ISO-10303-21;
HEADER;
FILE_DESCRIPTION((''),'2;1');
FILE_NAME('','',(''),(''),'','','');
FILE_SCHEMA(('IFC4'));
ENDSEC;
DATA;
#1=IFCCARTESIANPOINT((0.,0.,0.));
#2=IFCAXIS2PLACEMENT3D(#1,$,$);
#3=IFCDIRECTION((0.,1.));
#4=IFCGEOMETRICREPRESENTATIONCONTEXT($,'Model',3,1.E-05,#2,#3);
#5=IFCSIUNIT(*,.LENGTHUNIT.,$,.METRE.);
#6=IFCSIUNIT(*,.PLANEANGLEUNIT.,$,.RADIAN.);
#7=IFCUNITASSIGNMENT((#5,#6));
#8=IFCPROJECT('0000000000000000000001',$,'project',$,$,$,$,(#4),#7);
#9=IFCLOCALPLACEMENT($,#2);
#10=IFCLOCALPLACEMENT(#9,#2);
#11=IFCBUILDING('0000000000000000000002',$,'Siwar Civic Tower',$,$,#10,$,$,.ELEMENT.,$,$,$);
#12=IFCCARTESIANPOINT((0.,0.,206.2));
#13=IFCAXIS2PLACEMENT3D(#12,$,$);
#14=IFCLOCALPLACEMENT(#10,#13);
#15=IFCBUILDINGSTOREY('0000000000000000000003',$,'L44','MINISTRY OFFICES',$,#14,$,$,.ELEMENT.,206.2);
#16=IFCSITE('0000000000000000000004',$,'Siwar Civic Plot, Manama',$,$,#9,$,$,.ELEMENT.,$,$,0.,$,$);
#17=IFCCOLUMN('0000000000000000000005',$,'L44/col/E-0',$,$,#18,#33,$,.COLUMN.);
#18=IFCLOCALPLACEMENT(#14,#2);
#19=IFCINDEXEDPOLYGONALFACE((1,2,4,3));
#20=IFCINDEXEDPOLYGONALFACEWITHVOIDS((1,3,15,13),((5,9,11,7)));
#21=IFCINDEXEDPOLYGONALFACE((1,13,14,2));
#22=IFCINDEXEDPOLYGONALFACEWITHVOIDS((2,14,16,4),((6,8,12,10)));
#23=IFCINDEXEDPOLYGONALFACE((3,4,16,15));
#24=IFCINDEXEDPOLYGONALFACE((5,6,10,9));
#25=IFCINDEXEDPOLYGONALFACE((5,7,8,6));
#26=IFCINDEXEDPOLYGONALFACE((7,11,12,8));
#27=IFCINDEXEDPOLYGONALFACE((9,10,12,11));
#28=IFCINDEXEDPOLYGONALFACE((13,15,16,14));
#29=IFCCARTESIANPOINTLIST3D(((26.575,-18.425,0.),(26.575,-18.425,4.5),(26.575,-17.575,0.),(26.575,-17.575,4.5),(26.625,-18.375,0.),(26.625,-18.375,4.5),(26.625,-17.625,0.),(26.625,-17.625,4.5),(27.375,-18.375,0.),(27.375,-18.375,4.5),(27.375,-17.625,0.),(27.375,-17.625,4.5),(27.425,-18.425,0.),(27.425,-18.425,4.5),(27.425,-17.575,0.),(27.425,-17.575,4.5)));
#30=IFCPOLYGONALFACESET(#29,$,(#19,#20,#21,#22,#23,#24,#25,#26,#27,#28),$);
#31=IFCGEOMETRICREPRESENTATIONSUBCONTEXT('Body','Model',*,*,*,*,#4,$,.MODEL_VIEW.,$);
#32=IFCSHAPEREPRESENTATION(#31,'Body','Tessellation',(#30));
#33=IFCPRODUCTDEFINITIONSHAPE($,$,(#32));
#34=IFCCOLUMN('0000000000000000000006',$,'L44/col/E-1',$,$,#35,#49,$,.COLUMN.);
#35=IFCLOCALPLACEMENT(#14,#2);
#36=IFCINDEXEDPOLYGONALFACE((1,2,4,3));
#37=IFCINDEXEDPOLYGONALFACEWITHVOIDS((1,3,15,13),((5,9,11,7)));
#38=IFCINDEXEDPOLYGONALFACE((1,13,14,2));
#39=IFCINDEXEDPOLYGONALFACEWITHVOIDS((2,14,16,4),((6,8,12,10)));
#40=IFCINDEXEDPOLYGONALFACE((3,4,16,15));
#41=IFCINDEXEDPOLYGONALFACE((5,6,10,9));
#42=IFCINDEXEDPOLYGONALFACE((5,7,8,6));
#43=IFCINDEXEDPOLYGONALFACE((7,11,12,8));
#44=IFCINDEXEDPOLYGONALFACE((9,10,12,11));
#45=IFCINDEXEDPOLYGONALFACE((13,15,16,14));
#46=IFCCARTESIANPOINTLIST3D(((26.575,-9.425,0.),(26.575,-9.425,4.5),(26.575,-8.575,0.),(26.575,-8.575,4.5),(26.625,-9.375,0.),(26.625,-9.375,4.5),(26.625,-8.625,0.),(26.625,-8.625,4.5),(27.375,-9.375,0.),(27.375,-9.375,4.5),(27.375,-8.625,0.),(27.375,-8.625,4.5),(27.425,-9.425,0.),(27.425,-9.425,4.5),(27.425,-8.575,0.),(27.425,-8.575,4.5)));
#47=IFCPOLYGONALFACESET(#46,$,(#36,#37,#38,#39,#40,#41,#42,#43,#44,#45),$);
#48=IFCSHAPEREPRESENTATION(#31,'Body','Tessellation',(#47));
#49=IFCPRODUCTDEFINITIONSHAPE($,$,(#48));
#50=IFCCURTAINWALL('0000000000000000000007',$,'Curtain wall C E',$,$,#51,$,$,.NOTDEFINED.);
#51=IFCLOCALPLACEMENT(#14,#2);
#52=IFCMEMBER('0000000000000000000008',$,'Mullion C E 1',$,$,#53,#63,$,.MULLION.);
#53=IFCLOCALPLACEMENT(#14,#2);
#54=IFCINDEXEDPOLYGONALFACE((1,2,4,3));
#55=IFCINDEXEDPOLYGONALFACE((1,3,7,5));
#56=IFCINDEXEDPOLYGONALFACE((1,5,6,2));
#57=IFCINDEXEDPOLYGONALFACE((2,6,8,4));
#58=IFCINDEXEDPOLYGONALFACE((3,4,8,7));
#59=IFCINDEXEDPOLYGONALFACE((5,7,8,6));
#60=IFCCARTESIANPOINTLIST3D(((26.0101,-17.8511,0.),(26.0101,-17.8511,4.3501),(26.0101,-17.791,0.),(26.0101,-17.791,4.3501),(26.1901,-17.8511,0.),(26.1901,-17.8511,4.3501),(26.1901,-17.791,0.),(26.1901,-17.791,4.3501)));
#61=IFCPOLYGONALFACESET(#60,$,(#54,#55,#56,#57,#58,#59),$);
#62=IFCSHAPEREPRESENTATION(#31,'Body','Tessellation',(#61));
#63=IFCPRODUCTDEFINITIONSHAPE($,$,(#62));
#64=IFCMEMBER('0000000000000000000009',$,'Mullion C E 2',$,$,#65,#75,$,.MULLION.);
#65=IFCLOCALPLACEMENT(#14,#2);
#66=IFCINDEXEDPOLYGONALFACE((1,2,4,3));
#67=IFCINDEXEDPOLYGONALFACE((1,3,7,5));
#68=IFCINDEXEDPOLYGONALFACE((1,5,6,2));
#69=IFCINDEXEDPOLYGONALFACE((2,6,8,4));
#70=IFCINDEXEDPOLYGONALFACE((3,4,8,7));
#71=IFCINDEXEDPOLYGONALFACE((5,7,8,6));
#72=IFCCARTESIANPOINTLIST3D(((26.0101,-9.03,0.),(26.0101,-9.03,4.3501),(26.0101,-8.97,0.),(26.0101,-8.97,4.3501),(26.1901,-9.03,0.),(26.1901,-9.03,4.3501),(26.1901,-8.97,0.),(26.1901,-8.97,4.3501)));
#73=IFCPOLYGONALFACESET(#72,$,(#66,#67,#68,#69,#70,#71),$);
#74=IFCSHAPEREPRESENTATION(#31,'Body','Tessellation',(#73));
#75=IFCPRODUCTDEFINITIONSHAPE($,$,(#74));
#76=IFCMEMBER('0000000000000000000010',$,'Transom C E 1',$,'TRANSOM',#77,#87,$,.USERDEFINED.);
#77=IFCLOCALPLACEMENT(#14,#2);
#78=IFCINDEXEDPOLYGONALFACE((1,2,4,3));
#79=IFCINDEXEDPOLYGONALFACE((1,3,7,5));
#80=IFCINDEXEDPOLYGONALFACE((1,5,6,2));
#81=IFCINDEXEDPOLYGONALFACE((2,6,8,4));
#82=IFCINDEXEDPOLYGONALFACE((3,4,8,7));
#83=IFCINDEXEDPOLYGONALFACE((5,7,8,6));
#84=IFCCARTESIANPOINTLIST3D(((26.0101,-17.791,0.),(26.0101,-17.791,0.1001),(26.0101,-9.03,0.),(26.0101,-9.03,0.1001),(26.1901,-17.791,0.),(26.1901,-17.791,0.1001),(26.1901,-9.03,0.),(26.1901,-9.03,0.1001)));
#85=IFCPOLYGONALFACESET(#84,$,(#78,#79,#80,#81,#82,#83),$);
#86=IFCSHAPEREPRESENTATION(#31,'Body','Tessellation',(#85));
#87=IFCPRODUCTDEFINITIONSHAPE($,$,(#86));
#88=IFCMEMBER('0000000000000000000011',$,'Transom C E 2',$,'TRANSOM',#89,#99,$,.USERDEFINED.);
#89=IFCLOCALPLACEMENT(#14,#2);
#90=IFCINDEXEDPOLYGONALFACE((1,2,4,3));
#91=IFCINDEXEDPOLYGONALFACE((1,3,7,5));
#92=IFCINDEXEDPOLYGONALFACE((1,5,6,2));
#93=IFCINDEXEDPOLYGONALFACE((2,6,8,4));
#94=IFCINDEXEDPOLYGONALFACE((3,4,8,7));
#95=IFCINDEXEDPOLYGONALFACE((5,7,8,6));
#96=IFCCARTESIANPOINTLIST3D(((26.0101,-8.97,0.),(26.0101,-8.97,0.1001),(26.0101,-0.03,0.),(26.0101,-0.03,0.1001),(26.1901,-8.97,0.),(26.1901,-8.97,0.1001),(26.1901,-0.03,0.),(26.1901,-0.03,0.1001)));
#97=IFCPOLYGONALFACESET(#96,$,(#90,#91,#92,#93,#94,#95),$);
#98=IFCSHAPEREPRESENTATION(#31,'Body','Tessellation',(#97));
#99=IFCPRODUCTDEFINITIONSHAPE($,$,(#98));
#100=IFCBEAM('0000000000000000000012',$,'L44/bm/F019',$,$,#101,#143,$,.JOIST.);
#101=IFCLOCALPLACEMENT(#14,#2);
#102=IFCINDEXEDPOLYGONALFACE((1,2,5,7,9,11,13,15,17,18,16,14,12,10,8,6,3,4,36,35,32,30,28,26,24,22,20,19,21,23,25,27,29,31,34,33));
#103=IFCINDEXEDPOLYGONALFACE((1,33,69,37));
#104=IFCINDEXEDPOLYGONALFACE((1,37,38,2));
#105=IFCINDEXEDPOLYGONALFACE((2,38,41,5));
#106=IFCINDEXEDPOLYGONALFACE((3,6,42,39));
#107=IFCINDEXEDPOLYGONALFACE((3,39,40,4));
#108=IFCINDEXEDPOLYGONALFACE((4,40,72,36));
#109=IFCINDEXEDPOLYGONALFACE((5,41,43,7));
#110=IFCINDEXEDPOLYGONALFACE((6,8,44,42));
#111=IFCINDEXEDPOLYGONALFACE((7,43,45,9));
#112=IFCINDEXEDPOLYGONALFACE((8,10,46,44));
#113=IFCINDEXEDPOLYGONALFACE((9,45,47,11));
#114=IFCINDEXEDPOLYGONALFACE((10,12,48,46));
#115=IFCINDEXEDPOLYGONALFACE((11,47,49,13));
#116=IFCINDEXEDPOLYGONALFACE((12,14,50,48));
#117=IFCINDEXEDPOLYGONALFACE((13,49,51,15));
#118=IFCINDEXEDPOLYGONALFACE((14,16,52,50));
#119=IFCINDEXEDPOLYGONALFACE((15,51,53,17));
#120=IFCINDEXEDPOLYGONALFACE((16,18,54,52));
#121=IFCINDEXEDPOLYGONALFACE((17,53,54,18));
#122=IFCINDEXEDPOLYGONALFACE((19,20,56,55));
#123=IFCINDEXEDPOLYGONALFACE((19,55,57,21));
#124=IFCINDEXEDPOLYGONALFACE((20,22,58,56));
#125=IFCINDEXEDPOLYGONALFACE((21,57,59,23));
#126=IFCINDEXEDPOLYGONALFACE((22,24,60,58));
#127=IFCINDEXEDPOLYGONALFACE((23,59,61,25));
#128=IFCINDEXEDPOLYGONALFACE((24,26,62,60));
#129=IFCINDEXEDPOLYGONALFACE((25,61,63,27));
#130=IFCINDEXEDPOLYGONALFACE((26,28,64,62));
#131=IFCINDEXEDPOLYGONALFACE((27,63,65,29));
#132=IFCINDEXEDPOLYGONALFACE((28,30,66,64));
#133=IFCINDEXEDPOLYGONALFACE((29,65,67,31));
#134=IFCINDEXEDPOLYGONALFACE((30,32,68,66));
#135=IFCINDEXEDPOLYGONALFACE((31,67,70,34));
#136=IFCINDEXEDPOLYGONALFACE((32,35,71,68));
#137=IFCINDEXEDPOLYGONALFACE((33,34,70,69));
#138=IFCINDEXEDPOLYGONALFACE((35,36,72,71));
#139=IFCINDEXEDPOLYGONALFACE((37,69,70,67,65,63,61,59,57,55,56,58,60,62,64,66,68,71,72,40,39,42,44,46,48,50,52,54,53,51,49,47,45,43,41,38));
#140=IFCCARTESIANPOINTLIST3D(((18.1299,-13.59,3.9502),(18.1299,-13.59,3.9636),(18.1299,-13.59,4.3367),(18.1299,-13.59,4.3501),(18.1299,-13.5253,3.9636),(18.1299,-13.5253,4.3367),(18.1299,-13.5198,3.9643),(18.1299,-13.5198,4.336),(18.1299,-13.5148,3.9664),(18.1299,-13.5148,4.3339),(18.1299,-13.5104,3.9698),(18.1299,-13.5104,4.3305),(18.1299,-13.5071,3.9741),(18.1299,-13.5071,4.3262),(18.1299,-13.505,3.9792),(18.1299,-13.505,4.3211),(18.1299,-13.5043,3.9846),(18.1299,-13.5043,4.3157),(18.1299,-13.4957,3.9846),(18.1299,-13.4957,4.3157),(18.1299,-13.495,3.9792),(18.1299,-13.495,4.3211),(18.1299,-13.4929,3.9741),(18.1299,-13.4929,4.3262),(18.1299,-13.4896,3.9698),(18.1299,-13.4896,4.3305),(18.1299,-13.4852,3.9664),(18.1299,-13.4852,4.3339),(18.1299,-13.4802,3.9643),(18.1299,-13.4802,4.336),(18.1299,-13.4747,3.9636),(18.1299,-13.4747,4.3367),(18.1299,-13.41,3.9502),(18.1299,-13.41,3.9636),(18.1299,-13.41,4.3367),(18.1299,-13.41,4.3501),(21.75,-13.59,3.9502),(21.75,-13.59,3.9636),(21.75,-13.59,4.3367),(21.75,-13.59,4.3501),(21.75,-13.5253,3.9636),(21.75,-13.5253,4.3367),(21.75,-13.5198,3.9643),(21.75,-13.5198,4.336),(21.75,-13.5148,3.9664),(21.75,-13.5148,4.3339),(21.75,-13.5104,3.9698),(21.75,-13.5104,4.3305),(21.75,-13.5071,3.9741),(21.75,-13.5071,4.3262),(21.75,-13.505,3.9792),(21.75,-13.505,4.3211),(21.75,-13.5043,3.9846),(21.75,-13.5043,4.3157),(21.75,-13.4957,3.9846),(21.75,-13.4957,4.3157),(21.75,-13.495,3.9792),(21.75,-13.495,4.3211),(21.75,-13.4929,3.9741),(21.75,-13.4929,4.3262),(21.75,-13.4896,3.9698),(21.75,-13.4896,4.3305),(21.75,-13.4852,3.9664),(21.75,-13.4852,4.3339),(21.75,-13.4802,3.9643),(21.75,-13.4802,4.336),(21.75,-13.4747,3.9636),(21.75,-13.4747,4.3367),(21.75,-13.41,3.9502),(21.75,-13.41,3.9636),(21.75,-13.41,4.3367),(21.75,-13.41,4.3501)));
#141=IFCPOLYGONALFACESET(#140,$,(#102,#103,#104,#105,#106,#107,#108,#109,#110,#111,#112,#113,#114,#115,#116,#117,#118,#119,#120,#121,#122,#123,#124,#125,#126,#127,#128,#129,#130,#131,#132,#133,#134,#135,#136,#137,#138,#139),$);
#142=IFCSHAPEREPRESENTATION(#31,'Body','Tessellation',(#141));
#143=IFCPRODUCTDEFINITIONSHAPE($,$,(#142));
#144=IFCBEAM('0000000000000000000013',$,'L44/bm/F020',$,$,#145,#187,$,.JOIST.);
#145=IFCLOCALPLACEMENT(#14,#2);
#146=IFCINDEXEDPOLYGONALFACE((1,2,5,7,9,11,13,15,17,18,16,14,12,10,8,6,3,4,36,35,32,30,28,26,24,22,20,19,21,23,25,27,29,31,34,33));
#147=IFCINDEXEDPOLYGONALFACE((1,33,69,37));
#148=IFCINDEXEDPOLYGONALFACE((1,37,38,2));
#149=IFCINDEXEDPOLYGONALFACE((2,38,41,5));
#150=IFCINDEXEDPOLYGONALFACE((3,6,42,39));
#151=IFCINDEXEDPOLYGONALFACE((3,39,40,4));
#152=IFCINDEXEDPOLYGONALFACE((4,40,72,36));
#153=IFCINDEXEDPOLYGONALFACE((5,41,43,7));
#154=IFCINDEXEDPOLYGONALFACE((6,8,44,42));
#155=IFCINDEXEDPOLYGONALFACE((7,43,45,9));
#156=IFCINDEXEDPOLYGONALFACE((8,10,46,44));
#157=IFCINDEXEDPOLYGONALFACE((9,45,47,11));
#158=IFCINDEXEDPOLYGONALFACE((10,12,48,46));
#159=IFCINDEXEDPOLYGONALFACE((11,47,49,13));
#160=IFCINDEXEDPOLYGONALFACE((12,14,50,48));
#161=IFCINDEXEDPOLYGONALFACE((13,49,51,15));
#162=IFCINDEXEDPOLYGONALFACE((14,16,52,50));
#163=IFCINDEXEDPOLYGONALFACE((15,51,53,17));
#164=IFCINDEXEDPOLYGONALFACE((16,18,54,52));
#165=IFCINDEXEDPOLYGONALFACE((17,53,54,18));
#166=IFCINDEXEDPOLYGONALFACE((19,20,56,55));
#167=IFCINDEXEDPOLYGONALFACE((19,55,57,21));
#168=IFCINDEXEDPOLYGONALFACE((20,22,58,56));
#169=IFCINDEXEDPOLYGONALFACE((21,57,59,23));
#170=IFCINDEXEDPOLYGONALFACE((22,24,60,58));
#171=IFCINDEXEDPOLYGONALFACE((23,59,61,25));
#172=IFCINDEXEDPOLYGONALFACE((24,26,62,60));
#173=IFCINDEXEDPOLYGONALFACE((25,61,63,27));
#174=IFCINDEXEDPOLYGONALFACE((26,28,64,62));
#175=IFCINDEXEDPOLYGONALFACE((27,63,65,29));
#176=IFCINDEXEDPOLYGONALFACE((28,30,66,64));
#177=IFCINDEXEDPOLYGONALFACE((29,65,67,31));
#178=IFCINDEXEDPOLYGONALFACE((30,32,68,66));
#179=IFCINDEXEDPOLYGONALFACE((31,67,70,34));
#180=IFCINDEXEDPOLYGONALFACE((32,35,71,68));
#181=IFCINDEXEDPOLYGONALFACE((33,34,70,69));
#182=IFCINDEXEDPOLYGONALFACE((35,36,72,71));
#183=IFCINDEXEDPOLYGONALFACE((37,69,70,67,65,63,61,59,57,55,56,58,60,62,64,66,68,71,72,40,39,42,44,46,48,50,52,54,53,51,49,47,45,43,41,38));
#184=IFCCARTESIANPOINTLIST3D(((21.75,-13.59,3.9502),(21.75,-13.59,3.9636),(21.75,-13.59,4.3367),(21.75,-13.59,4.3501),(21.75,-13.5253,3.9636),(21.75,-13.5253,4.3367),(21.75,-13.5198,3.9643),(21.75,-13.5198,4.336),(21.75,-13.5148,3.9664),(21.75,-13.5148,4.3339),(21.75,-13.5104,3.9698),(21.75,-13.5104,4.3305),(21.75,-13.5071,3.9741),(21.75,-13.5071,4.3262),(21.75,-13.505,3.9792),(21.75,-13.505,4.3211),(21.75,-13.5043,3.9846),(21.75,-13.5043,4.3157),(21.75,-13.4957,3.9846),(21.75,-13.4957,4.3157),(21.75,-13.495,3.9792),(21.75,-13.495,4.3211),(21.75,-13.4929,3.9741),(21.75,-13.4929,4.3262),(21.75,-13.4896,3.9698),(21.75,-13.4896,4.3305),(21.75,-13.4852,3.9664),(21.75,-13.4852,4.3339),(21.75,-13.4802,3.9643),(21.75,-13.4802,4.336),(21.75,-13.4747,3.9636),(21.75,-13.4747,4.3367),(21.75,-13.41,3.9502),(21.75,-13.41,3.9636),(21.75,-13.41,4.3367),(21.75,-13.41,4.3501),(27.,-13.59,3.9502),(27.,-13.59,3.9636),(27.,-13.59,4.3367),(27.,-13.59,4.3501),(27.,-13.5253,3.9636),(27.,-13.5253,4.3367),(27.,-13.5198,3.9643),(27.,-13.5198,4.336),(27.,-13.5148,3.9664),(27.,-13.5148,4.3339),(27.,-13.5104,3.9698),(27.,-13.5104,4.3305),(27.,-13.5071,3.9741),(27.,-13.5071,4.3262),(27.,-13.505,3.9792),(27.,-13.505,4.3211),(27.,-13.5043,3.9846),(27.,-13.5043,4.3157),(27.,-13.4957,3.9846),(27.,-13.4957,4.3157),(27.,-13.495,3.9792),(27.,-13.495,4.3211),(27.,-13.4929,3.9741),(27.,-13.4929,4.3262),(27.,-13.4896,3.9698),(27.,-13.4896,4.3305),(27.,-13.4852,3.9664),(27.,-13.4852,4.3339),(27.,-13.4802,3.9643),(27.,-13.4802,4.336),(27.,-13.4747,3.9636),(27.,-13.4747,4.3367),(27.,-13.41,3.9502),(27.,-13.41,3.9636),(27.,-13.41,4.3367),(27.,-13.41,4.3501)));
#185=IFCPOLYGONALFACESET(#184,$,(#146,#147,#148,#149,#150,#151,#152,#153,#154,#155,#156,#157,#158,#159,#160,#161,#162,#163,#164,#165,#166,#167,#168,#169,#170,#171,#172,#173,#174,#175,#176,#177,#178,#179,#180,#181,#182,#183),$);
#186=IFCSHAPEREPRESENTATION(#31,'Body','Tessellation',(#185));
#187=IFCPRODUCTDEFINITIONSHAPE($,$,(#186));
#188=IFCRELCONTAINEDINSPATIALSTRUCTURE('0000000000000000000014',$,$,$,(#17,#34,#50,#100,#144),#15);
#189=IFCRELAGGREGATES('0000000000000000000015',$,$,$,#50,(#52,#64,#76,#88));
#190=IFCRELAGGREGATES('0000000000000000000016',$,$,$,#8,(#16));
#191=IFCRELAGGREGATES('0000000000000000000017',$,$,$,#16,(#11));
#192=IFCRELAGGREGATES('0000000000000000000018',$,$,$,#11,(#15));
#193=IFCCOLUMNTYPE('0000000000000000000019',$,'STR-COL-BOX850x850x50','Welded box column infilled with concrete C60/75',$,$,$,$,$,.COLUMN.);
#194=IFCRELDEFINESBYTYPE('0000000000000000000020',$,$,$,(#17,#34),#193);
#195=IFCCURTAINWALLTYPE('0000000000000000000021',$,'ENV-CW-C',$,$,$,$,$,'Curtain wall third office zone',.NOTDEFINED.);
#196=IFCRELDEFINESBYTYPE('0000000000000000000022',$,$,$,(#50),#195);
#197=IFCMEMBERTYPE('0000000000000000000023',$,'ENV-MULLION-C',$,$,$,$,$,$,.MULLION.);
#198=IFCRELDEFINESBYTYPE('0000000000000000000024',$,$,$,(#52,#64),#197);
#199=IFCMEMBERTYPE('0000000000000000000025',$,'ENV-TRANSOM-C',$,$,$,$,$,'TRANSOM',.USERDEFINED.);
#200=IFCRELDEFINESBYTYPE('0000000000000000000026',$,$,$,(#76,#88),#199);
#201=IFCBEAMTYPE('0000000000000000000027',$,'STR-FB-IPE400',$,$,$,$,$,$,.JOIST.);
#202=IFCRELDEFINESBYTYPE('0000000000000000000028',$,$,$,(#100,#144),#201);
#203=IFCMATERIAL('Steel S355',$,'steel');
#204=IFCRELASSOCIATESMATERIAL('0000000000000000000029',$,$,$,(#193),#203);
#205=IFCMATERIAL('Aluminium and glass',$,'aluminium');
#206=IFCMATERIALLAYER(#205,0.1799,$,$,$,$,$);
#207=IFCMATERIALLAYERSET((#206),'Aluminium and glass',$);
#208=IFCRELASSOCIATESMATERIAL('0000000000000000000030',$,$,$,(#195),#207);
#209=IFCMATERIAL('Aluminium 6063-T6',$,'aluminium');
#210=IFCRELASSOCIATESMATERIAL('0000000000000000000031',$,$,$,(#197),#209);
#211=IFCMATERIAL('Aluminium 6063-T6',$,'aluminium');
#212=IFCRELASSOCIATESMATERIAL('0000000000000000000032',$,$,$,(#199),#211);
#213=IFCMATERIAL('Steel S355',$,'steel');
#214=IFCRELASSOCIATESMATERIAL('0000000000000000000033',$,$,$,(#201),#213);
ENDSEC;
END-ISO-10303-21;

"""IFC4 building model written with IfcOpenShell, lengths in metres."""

from ifc_helpers import new_model, si_unit, direction, frame, origin, origin_2d, place, context, subcontext, project, spatial, rectangle, hollow_rectangle, i_section, extrude, material, layer, layer_set, material_profile, profile_set, type_object, element, aggregate, save


model = new_model("IFC4")

# Units and contexts
model_context = context("Model", 3, precision=1e-05, world=origin(), true_north=direction((0.0, 1.0)))
body_context = subcontext(model_context, "Body", "Model", "MODEL_VIEW")
ifc_project = project(units=[si_unit("LENGTHUNIT", "METRE"), si_unit("PLANEANGLEUNIT", "RADIAN")], contexts=[model_context])

# Site, building, storey
site_placement = place(None, origin())
site = spatial("IfcSite", under=ifc_project, at=site_placement, Name="Siwar Civic Plot, Manama", CompositionType="ELEMENT", RefElevation=0.0)
building_placement = place(site_placement, origin())
building = spatial("IfcBuilding", under=site, at=building_placement, Name="Siwar Civic Tower", CompositionType="ELEMENT")
storey_placement = place(building_placement, frame((0.0, 0.0, 206.2)))
storey = spatial("IfcBuildingStorey", under=building, at=storey_placement, Name="L44", Description="MINISTRY OFFICES", CompositionType="ELEMENT", Elevation=206.2)

# Columns
ifc_material_1 = material(Name="Steel S355", Category="steel")
ifc_material_profile_1 = material_profile(ifc_material_1, hollow_rectangle(XDim=0.8501, YDim=0.8501, WallThickness=0.05, at=origin_2d()), Name="BOX850x850x50")
ifc_profile_set_1 = profile_set([ifc_material_profile_1], Name="Steel S355")
column_type = type_object("IfcColumnType", Name="STR-COL-BOX850x850x50", Description="Welded box column infilled with concrete C60/75", PredefinedType="COLUMN", material=ifc_profile_set_1)
for number, where, z_axis, x_axis, name in (
    (1, (27.0, -18.0, 0.0), (0.0, 0.0, 1.0), (1.0, 0.0, 0.0), "L44/col/E-0"),
    (2, (27.0, -9.0, 0.0), (0.0, 0.0, 1.0), (1.0, 0.0, 0.0), "L44/col/E-1"),
):
    element("IfcColumn", number, at=place(storey_placement, frame(where, z_axis=z_axis, x_axis=x_axis)), inside=storey, type_object=column_type, Name=name, PredefinedType="COLUMN", context=body_context, shape_type="SweptSolid", body=[
        extrude(hollow_rectangle(XDim=0.8501, YDim=0.8501, WallThickness=0.05, at=origin_2d()), origin(), (0.0, 0.0, 1.0), 4.5),
    ])

# Curtain wall, members
ifc_material_2 = material(Name="Aluminium and glass", Category="aluminium")
ifc_layer_1 = layer(ifc_material_2, 0.1799)
ifc_layer_set_1 = layer_set([ifc_layer_1], Name="Aluminium and glass")
curtain_wall_type = type_object("IfcCurtainWallType", Name="ENV-CW-C", ElementType="Curtain wall third office zone", PredefinedType="NOTDEFINED", material=ifc_layer_set_1)
curtain_wall_placement = place(storey_placement, origin())
curtain_wall = element("IfcCurtainWall", 3, at=curtain_wall_placement, inside=storey, type_object=curtain_wall_type, Name="Curtain wall C E", PredefinedType="NOTDEFINED")
ifc_material_3 = material(Name="Aluminium 6063-T6", Category="aluminium")
ifc_material_profile_2 = material_profile(ifc_material_3, rectangle(XDim=0.1799, YDim=0.0601, at=origin_2d()), Name="AL 180x60")
ifc_profile_set_2 = profile_set([ifc_material_profile_2], Name="Aluminium 6063-T6")
member_type_1 = type_object("IfcMemberType", Name="ENV-MULLION-C", PredefinedType="MULLION", material=ifc_profile_set_2)
member_1_placement = place(storey_placement, frame((26.1001, -17.821, 0.0), z_axis=(0.0, 0.0, 1.0), x_axis=(-1.0, 0.0, 0.0)))
member_1 = element("IfcMember", 4, at=member_1_placement, type_object=member_type_1, Name="Mullion C E 1", PredefinedType="MULLION", context=body_context, shape_type="SweptSolid", body=[
    extrude(rectangle(XDim=0.1799, YDim=0.0601, at=origin_2d()), origin(), (0.0, 0.0, 1.0), 4.3501),
])
member_2_placement = place(storey_placement, frame((26.1001, -9.0, 0.0), z_axis=(0.0, 0.0, 1.0), x_axis=(-1.0, 0.0, 0.0)))
member_2 = element("IfcMember", 5, at=member_2_placement, type_object=member_type_1, Name="Mullion C E 2", PredefinedType="MULLION", context=body_context, shape_type="SweptSolid", body=[
    extrude(rectangle(XDim=0.1799, YDim=0.0601, at=origin_2d()), origin(), (0.0, 0.0, 1.0), 4.3501),
])
ifc_material_4 = material(Name="Aluminium 6063-T6", Category="aluminium")
ifc_material_profile_3 = material_profile(ifc_material_4, rectangle(XDim=0.1799, YDim=0.1001, at=origin_2d()), Name="AL 180x100")
ifc_profile_set_3 = profile_set([ifc_material_profile_3], Name="Aluminium 6063-T6")
member_type_2 = type_object("IfcMemberType", Name="ENV-TRANSOM-C", ElementType="TRANSOM", PredefinedType="USERDEFINED", material=ifc_profile_set_3)
member_3_placement = place(storey_placement, frame((26.1001, -17.791, 0.05), z_axis=(0.0, 1.0, 0.0), x_axis=(-1.0, 0.0, 0.0)))
member_3 = element("IfcMember", 6, at=member_3_placement, type_object=member_type_2, Name="Transom C E 1", ObjectType="TRANSOM", PredefinedType="USERDEFINED", context=body_context, shape_type="SweptSolid", body=[
    extrude(rectangle(XDim=0.1799, YDim=0.1001, at=origin_2d()), origin(), (0.0, 0.0, 1.0), 8.761),
])
member_4_placement = place(storey_placement, frame((26.1001, -8.97, 0.05), z_axis=(0.0, 1.0, 0.0), x_axis=(-1.0, 0.0, 0.0)))
member_4 = element("IfcMember", 7, at=member_4_placement, type_object=member_type_2, Name="Transom C E 2", ObjectType="TRANSOM", PredefinedType="USERDEFINED", context=body_context, shape_type="SweptSolid", body=[
    extrude(rectangle(XDim=0.1799, YDim=0.1001, at=origin_2d()), origin(), (0.0, 0.0, 1.0), 8.9399),
])

# Beams
ifc_material_5 = material(Name="Steel S355", Category="steel")
ifc_material_profile_4 = material_profile(ifc_material_5, i_section(OverallWidth=0.1799, OverallDepth=0.3999, WebThickness=0.0085, FlangeThickness=0.0134, FilletRadius=0.021, at=origin_2d()), Name="IPE400")
ifc_profile_set_4 = profile_set([ifc_material_profile_4], Name="Steel S355")
beam_type_1 = type_object("IfcBeamType", Name="STR-FB-IPE400", PredefinedType="JOIST", material=ifc_profile_set_4)
beam_placement = place(storey_placement, frame((18.1299, -13.5, 4.1501), z_axis=(1.0, 0.0, 0.0), x_axis=(0.0, 1.0, 0.0)))
element("IfcBeam", 8, at=beam_placement, inside=storey, type_object=beam_type_1, Name="L44/bm/F019", PredefinedType="JOIST", context=body_context, shape_type="SweptSolid", body=[
    extrude(i_section(OverallWidth=0.1799, OverallDepth=0.3999, WebThickness=0.0085, FlangeThickness=0.0134, FilletRadius=0.021, at=origin_2d()), origin(), (0.0, 0.0, 1.0), 3.6201),
])
for number, where, z_axis, x_axis, name in (
    (9, (21.75, -13.5, 4.1501), (1.0, 0.0, 0.0), (0.0, 1.0, 0.0), "L44/bm/F020"),
):
    element("IfcBeam", number, at=place(storey_placement, frame(where, z_axis=z_axis, x_axis=x_axis)), inside=storey, type_object=beam_type_1, Name=name, PredefinedType="JOIST", context=body_context, shape_type="SweptSolid", body=[
        extrude(i_section(OverallWidth=0.1799, OverallDepth=0.3999, WebThickness=0.0085, FlangeThickness=0.0134, FilletRadius=0.021, at=origin_2d()), origin(), (0.0, 0.0, 1.0), 5.25),
    ])

aggregate(curtain_wall, [member_1, member_2, member_3, member_4])

save(model, "model.ifc")
